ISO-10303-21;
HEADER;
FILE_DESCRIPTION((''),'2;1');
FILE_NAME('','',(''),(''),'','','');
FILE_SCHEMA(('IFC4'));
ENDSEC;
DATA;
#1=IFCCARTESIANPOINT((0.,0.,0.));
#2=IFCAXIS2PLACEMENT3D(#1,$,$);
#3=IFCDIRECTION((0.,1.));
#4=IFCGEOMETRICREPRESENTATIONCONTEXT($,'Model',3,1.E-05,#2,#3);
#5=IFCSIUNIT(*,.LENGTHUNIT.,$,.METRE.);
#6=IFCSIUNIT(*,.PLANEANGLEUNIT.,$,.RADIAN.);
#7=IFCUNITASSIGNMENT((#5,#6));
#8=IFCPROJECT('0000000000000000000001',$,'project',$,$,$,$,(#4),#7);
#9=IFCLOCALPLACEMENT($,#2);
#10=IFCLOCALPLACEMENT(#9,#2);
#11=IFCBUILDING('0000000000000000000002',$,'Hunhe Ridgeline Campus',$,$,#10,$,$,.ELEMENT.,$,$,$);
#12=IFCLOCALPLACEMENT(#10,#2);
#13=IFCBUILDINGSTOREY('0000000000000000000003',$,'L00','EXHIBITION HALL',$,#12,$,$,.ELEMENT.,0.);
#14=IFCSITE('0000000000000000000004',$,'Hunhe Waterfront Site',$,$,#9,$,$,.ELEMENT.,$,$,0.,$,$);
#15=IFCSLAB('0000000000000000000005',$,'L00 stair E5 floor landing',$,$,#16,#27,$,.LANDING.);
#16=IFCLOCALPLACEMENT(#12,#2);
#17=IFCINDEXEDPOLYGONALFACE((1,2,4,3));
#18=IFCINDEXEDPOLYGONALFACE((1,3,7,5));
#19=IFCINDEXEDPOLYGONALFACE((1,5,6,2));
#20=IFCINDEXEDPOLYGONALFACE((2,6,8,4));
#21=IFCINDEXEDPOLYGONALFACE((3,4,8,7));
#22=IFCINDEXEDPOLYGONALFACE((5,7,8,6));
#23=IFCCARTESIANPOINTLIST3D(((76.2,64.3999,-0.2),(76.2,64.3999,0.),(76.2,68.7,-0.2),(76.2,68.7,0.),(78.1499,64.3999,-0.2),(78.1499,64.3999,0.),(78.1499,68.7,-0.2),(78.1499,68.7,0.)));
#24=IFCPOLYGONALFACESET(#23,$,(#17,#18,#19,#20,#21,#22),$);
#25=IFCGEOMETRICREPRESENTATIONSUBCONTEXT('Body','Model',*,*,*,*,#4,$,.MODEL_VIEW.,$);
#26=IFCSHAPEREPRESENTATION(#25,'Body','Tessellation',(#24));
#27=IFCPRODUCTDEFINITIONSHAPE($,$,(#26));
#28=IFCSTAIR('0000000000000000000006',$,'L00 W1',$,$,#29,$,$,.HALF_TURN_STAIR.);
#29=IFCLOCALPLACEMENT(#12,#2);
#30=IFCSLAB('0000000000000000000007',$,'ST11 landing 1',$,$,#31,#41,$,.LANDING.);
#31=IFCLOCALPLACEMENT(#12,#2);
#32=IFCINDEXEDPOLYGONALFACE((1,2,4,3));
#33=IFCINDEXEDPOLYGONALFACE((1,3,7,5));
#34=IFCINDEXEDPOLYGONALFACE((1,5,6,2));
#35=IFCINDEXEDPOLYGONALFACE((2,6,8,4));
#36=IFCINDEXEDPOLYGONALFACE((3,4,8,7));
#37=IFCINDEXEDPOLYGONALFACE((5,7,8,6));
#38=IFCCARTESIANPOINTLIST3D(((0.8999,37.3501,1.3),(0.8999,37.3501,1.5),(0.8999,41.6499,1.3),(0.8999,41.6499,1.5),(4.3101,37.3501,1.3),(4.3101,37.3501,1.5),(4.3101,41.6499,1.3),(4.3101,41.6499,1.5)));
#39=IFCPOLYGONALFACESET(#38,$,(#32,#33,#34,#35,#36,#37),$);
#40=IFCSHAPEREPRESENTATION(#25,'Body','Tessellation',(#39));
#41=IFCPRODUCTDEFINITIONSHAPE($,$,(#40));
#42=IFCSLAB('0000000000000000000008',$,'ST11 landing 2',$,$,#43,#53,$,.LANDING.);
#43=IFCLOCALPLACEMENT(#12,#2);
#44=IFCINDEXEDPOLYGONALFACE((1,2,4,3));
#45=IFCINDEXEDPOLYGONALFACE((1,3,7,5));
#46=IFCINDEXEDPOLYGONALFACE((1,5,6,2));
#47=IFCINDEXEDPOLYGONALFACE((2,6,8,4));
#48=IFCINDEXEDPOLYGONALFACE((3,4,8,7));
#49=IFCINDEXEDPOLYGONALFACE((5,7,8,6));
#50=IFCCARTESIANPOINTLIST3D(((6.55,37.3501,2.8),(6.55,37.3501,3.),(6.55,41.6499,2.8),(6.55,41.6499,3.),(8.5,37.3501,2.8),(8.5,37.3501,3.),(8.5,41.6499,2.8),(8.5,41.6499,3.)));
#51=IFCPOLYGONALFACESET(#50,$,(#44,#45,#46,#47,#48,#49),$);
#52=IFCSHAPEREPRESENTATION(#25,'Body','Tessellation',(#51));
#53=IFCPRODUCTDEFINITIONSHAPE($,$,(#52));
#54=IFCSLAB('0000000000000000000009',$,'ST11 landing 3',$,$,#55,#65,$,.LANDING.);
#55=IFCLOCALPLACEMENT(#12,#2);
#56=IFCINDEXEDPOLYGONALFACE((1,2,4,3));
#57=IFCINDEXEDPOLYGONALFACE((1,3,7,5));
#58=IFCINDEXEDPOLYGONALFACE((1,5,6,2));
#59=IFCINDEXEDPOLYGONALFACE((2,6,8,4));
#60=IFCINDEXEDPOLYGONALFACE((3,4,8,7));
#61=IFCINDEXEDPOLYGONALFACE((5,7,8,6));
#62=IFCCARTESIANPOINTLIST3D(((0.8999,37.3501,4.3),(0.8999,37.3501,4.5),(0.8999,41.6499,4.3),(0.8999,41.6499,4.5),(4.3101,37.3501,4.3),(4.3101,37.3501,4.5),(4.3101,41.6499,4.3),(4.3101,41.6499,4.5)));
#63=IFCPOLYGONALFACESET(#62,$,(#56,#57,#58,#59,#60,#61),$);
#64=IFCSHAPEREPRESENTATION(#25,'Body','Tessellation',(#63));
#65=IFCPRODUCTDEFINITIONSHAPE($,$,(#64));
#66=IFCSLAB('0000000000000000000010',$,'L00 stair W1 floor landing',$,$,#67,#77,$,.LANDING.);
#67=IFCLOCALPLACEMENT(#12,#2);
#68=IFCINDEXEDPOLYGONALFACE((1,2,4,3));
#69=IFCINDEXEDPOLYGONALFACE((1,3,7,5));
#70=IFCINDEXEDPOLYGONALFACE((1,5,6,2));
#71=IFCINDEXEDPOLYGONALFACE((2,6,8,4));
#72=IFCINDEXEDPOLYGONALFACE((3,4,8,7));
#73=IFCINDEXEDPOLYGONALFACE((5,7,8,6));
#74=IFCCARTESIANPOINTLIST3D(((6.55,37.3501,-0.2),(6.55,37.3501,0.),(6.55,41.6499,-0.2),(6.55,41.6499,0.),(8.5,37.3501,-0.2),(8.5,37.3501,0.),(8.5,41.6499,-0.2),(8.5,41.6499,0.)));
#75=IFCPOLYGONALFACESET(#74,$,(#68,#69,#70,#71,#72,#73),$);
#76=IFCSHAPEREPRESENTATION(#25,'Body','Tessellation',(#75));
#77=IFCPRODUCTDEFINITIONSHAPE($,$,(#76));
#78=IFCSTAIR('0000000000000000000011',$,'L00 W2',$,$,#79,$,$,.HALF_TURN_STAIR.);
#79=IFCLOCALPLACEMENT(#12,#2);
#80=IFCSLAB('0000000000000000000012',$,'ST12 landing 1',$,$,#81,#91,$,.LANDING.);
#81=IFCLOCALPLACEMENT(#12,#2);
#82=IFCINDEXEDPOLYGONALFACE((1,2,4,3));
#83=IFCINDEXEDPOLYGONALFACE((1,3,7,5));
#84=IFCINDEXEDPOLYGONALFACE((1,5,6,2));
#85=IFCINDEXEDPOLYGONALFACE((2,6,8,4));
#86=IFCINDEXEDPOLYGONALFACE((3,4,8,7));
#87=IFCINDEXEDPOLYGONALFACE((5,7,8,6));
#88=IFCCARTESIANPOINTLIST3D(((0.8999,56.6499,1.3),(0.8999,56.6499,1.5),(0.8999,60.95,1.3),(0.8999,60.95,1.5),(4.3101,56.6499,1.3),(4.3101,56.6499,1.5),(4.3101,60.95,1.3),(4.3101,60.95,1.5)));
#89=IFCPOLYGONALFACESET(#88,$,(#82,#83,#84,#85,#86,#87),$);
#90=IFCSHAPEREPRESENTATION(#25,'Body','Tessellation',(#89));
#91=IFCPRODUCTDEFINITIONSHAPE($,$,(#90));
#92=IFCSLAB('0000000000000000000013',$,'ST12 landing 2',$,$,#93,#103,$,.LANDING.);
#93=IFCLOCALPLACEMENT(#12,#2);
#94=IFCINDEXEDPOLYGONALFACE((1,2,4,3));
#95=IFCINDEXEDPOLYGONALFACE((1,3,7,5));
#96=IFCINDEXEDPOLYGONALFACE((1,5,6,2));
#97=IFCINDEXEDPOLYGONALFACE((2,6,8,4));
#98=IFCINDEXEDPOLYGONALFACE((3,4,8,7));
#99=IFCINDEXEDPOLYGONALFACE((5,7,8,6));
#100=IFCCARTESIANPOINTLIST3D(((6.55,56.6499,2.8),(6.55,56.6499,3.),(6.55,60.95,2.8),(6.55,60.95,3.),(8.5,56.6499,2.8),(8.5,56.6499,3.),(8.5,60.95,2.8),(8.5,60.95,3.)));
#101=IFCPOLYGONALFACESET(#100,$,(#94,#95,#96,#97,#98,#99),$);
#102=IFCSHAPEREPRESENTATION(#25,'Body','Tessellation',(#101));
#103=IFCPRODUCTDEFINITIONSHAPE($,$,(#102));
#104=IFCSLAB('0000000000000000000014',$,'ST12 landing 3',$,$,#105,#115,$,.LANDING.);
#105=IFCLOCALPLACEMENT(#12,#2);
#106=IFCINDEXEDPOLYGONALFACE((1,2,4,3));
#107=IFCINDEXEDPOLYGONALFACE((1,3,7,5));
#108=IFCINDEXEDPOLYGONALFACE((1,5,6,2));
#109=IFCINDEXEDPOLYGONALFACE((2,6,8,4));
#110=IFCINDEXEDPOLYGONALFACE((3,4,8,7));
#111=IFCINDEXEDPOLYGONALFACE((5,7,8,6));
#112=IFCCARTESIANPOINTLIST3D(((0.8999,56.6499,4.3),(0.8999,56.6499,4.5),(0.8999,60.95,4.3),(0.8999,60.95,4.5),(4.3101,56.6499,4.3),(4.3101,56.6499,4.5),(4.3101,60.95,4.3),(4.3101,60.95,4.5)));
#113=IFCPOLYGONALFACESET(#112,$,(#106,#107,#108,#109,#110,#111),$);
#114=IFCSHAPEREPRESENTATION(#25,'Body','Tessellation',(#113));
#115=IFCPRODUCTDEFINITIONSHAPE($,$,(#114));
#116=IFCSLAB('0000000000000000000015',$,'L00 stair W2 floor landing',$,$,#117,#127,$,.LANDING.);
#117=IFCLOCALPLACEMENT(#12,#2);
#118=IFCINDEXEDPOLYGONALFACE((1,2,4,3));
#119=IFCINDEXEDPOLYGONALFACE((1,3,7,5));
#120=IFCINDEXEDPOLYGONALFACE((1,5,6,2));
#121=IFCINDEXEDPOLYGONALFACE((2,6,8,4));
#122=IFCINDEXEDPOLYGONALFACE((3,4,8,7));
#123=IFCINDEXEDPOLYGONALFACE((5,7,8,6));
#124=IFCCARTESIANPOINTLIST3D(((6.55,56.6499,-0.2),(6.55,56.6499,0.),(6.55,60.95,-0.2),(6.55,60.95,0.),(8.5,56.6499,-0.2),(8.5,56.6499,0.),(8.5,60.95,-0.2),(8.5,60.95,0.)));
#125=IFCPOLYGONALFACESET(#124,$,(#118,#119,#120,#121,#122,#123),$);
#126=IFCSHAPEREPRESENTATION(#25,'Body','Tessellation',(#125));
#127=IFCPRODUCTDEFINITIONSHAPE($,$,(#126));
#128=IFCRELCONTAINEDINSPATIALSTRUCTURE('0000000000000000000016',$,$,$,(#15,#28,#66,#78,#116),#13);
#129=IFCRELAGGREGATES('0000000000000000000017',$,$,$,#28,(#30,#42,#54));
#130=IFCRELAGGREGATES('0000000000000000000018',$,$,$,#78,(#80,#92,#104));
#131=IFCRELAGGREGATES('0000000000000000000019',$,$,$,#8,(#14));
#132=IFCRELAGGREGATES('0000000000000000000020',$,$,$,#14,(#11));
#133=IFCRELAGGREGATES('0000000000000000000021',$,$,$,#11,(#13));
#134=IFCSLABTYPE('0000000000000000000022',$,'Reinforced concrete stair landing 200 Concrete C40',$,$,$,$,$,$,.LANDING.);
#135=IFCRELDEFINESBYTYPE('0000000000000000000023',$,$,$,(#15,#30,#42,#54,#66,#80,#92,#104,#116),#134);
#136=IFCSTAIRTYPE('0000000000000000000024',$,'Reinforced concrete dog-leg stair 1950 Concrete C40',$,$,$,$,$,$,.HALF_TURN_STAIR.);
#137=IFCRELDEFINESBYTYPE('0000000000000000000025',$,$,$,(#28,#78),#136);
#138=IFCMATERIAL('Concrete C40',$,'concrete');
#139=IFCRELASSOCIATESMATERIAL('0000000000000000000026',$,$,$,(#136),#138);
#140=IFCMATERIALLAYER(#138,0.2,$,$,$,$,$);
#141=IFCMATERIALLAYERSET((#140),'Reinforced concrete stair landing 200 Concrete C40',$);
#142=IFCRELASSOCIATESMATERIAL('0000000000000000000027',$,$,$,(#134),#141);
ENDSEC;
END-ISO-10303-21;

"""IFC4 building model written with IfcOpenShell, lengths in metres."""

from ifc_helpers import new_model, si_unit, direction, frame, origin, place, context, subcontext, project, spatial, polyline, outline, extrude, material, layer, layer_set, type_object, element, aggregate, save


model = new_model("IFC4")

# Units and contexts
model_context = context("Model", 3, precision=1e-05, world=origin(), true_north=direction((0.0, 1.0)))
body_context = subcontext(model_context, "Body", "Model", "MODEL_VIEW")
ifc_project = project(units=[si_unit("LENGTHUNIT", "METRE"), si_unit("PLANEANGLEUNIT", "RADIAN")], contexts=[model_context])

# Site, building, storey
site_placement = place(None, origin())
site = spatial("IfcSite", under=ifc_project, at=site_placement, Name="Hunhe Waterfront Site", CompositionType="ELEMENT", RefElevation=0.0)
building_placement = place(site_placement, origin())
building = spatial("IfcBuilding", under=site, at=building_placement, Name="Hunhe Ridgeline Campus", CompositionType="ELEMENT")
storey_placement = place(building_placement, origin())
storey = spatial("IfcBuildingStorey", under=building, at=storey_placement, Name="L00", Description="EXHIBITION HALL", CompositionType="ELEMENT", Elevation=0.0)

# Shared definitions
ifc_material = material(Name="Concrete C40", Category="concrete")

# Shared definitions
stair_type_1 = type_object("IfcStairType", Name="Reinforced concrete dog-leg stair 1950 Concrete C40", PredefinedType="HALF_TURN_STAIR", material=ifc_material)
ifc_layer_1 = layer(ifc_material, 0.2)
ifc_layer_set_1 = layer_set([ifc_layer_1], Name="Reinforced concrete stair landing 200 Concrete C40")
slab_type_1 = type_object("IfcSlabType", Name="Reinforced concrete stair landing 200 Concrete C40", PredefinedType="LANDING", material=ifc_layer_set_1)

# Slab
slab_1_placement = place(storey_placement, frame((0.0, 0.0, -0.2)))
element("IfcSlab", 1, at=slab_1_placement, inside=storey, type_object=slab_type_1, Name="L00 stair E5 floor landing", PredefinedType="LANDING", context=body_context, shape_type="SweptSolid", body=[
    extrude(outline(polyline([(76.2, 64.3999), (78.1499, 64.3999), (78.1499, 68.7), (76.2, 68.7), (76.2, 64.3999)])), origin(), (0.0, 0.0, 1.0), 0.2),
])

# Stair, slabs
stair_1_placement = place(storey_placement, origin())
stair_1 = element("IfcStair", 2, at=stair_1_placement, inside=storey, type_object=stair_type_1, Name="L00 W1", PredefinedType="HALF_TURN_STAIR")
slab_2_placement = place(storey_placement, frame((0.0, 0.0, 1.3)))
slab_2 = element("IfcSlab", 3, at=slab_2_placement, type_object=slab_type_1, Name="ST11 landing 1", PredefinedType="LANDING", context=body_context, shape_type="SweptSolid", body=[
    extrude(outline(polyline([(4.3101, 41.6499), (0.8999, 41.6499), (0.8999, 37.3501), (4.3101, 37.3501), (4.3101, 41.6499)])), origin(), (0.0, 0.0, 1.0), 0.2),
])
slab_3_placement = place(storey_placement, frame((0.0, 0.0, 2.8)))
slab_3 = element("IfcSlab", 4, at=slab_3_placement, type_object=slab_type_1, Name="ST11 landing 2", PredefinedType="LANDING", context=body_context, shape_type="SweptSolid", body=[
    extrude(outline(polyline([(8.5, 41.6499), (6.55, 41.6499), (6.55, 37.3501), (8.5, 37.3501), (8.5, 41.6499)])), origin(), (0.0, 0.0, 1.0), 0.2),
])
slab_4_placement = place(storey_placement, frame((0.0, 0.0, 4.3)))
slab_4 = element("IfcSlab", 5, at=slab_4_placement, type_object=slab_type_1, Name="ST11 landing 3", PredefinedType="LANDING", context=body_context, shape_type="SweptSolid", body=[
    extrude(outline(polyline([(4.3101, 41.6499), (0.8999, 41.6499), (0.8999, 37.3501), (4.3101, 37.3501), (4.3101, 41.6499)])), origin(), (0.0, 0.0, 1.0), 0.2),
])
aggregate(stair_1, [slab_2, slab_3, slab_4])

# Slab
slab_5_placement = place(storey_placement, frame((0.0, 0.0, -0.2)))
element("IfcSlab", 6, at=slab_5_placement, inside=storey, type_object=slab_type_1, Name="L00 stair W1 floor landing", PredefinedType="LANDING", context=body_context, shape_type="SweptSolid", body=[
    extrude(outline(polyline([(8.5, 41.6499), (6.55, 41.6499), (6.55, 37.3501), (8.5, 37.3501), (8.5, 41.6499)])), origin(), (0.0, 0.0, 1.0), 0.2),
])

# Stair, slabs
stair_2_placement = place(storey_placement, origin())
stair_2 = element("IfcStair", 7, at=stair_2_placement, inside=storey, type_object=stair_type_1, Name="L00 W2", PredefinedType="HALF_TURN_STAIR")
slab_6_placement = place(storey_placement, frame((0.0, 0.0, 1.3)))
slab_6 = element("IfcSlab", 8, at=slab_6_placement, type_object=slab_type_1, Name="ST12 landing 1", PredefinedType="LANDING", context=body_context, shape_type="SweptSolid", body=[
    extrude(outline(polyline([(4.3101, 60.95), (0.8999, 60.95), (0.8999, 56.6499), (4.3101, 56.6499), (4.3101, 60.95)])), origin(), (0.0, 0.0, 1.0), 0.2),
])
slab_7_placement = place(storey_placement, frame((0.0, 0.0, 2.8)))
slab_7 = element("IfcSlab", 9, at=slab_7_placement, type_object=slab_type_1, Name="ST12 landing 2", PredefinedType="LANDING", context=body_context, shape_type="SweptSolid", body=[
    extrude(outline(polyline([(8.5, 60.95), (6.55, 60.95), (6.55, 56.6499), (8.5, 56.6499), (8.5, 60.95)])), origin(), (0.0, 0.0, 1.0), 0.2),
])
slab_8_placement = place(storey_placement, frame((0.0, 0.0, 4.3)))
slab_8 = element("IfcSlab", 10, at=slab_8_placement, type_object=slab_type_1, Name="ST12 landing 3", PredefinedType="LANDING", context=body_context, shape_type="SweptSolid", body=[
    extrude(outline(polyline([(4.3101, 60.95), (0.8999, 60.95), (0.8999, 56.6499), (4.3101, 56.6499), (4.3101, 60.95)])), origin(), (0.0, 0.0, 1.0), 0.2),
])
aggregate(stair_2, [slab_6, slab_7, slab_8])

# Slab
slab_9_placement = place(storey_placement, frame((0.0, 0.0, -0.2)))
element("IfcSlab", 11, at=slab_9_placement, inside=storey, type_object=slab_type_1, Name="L00 stair W2 floor landing", PredefinedType="LANDING", context=body_context, shape_type="SweptSolid", body=[
    extrude(outline(polyline([(8.5, 60.95), (6.55, 60.95), (6.55, 56.6499), (8.5, 56.6499), (8.5, 60.95)])), origin(), (0.0, 0.0, 1.0), 0.2),
])

save(model, "model.ifc")
